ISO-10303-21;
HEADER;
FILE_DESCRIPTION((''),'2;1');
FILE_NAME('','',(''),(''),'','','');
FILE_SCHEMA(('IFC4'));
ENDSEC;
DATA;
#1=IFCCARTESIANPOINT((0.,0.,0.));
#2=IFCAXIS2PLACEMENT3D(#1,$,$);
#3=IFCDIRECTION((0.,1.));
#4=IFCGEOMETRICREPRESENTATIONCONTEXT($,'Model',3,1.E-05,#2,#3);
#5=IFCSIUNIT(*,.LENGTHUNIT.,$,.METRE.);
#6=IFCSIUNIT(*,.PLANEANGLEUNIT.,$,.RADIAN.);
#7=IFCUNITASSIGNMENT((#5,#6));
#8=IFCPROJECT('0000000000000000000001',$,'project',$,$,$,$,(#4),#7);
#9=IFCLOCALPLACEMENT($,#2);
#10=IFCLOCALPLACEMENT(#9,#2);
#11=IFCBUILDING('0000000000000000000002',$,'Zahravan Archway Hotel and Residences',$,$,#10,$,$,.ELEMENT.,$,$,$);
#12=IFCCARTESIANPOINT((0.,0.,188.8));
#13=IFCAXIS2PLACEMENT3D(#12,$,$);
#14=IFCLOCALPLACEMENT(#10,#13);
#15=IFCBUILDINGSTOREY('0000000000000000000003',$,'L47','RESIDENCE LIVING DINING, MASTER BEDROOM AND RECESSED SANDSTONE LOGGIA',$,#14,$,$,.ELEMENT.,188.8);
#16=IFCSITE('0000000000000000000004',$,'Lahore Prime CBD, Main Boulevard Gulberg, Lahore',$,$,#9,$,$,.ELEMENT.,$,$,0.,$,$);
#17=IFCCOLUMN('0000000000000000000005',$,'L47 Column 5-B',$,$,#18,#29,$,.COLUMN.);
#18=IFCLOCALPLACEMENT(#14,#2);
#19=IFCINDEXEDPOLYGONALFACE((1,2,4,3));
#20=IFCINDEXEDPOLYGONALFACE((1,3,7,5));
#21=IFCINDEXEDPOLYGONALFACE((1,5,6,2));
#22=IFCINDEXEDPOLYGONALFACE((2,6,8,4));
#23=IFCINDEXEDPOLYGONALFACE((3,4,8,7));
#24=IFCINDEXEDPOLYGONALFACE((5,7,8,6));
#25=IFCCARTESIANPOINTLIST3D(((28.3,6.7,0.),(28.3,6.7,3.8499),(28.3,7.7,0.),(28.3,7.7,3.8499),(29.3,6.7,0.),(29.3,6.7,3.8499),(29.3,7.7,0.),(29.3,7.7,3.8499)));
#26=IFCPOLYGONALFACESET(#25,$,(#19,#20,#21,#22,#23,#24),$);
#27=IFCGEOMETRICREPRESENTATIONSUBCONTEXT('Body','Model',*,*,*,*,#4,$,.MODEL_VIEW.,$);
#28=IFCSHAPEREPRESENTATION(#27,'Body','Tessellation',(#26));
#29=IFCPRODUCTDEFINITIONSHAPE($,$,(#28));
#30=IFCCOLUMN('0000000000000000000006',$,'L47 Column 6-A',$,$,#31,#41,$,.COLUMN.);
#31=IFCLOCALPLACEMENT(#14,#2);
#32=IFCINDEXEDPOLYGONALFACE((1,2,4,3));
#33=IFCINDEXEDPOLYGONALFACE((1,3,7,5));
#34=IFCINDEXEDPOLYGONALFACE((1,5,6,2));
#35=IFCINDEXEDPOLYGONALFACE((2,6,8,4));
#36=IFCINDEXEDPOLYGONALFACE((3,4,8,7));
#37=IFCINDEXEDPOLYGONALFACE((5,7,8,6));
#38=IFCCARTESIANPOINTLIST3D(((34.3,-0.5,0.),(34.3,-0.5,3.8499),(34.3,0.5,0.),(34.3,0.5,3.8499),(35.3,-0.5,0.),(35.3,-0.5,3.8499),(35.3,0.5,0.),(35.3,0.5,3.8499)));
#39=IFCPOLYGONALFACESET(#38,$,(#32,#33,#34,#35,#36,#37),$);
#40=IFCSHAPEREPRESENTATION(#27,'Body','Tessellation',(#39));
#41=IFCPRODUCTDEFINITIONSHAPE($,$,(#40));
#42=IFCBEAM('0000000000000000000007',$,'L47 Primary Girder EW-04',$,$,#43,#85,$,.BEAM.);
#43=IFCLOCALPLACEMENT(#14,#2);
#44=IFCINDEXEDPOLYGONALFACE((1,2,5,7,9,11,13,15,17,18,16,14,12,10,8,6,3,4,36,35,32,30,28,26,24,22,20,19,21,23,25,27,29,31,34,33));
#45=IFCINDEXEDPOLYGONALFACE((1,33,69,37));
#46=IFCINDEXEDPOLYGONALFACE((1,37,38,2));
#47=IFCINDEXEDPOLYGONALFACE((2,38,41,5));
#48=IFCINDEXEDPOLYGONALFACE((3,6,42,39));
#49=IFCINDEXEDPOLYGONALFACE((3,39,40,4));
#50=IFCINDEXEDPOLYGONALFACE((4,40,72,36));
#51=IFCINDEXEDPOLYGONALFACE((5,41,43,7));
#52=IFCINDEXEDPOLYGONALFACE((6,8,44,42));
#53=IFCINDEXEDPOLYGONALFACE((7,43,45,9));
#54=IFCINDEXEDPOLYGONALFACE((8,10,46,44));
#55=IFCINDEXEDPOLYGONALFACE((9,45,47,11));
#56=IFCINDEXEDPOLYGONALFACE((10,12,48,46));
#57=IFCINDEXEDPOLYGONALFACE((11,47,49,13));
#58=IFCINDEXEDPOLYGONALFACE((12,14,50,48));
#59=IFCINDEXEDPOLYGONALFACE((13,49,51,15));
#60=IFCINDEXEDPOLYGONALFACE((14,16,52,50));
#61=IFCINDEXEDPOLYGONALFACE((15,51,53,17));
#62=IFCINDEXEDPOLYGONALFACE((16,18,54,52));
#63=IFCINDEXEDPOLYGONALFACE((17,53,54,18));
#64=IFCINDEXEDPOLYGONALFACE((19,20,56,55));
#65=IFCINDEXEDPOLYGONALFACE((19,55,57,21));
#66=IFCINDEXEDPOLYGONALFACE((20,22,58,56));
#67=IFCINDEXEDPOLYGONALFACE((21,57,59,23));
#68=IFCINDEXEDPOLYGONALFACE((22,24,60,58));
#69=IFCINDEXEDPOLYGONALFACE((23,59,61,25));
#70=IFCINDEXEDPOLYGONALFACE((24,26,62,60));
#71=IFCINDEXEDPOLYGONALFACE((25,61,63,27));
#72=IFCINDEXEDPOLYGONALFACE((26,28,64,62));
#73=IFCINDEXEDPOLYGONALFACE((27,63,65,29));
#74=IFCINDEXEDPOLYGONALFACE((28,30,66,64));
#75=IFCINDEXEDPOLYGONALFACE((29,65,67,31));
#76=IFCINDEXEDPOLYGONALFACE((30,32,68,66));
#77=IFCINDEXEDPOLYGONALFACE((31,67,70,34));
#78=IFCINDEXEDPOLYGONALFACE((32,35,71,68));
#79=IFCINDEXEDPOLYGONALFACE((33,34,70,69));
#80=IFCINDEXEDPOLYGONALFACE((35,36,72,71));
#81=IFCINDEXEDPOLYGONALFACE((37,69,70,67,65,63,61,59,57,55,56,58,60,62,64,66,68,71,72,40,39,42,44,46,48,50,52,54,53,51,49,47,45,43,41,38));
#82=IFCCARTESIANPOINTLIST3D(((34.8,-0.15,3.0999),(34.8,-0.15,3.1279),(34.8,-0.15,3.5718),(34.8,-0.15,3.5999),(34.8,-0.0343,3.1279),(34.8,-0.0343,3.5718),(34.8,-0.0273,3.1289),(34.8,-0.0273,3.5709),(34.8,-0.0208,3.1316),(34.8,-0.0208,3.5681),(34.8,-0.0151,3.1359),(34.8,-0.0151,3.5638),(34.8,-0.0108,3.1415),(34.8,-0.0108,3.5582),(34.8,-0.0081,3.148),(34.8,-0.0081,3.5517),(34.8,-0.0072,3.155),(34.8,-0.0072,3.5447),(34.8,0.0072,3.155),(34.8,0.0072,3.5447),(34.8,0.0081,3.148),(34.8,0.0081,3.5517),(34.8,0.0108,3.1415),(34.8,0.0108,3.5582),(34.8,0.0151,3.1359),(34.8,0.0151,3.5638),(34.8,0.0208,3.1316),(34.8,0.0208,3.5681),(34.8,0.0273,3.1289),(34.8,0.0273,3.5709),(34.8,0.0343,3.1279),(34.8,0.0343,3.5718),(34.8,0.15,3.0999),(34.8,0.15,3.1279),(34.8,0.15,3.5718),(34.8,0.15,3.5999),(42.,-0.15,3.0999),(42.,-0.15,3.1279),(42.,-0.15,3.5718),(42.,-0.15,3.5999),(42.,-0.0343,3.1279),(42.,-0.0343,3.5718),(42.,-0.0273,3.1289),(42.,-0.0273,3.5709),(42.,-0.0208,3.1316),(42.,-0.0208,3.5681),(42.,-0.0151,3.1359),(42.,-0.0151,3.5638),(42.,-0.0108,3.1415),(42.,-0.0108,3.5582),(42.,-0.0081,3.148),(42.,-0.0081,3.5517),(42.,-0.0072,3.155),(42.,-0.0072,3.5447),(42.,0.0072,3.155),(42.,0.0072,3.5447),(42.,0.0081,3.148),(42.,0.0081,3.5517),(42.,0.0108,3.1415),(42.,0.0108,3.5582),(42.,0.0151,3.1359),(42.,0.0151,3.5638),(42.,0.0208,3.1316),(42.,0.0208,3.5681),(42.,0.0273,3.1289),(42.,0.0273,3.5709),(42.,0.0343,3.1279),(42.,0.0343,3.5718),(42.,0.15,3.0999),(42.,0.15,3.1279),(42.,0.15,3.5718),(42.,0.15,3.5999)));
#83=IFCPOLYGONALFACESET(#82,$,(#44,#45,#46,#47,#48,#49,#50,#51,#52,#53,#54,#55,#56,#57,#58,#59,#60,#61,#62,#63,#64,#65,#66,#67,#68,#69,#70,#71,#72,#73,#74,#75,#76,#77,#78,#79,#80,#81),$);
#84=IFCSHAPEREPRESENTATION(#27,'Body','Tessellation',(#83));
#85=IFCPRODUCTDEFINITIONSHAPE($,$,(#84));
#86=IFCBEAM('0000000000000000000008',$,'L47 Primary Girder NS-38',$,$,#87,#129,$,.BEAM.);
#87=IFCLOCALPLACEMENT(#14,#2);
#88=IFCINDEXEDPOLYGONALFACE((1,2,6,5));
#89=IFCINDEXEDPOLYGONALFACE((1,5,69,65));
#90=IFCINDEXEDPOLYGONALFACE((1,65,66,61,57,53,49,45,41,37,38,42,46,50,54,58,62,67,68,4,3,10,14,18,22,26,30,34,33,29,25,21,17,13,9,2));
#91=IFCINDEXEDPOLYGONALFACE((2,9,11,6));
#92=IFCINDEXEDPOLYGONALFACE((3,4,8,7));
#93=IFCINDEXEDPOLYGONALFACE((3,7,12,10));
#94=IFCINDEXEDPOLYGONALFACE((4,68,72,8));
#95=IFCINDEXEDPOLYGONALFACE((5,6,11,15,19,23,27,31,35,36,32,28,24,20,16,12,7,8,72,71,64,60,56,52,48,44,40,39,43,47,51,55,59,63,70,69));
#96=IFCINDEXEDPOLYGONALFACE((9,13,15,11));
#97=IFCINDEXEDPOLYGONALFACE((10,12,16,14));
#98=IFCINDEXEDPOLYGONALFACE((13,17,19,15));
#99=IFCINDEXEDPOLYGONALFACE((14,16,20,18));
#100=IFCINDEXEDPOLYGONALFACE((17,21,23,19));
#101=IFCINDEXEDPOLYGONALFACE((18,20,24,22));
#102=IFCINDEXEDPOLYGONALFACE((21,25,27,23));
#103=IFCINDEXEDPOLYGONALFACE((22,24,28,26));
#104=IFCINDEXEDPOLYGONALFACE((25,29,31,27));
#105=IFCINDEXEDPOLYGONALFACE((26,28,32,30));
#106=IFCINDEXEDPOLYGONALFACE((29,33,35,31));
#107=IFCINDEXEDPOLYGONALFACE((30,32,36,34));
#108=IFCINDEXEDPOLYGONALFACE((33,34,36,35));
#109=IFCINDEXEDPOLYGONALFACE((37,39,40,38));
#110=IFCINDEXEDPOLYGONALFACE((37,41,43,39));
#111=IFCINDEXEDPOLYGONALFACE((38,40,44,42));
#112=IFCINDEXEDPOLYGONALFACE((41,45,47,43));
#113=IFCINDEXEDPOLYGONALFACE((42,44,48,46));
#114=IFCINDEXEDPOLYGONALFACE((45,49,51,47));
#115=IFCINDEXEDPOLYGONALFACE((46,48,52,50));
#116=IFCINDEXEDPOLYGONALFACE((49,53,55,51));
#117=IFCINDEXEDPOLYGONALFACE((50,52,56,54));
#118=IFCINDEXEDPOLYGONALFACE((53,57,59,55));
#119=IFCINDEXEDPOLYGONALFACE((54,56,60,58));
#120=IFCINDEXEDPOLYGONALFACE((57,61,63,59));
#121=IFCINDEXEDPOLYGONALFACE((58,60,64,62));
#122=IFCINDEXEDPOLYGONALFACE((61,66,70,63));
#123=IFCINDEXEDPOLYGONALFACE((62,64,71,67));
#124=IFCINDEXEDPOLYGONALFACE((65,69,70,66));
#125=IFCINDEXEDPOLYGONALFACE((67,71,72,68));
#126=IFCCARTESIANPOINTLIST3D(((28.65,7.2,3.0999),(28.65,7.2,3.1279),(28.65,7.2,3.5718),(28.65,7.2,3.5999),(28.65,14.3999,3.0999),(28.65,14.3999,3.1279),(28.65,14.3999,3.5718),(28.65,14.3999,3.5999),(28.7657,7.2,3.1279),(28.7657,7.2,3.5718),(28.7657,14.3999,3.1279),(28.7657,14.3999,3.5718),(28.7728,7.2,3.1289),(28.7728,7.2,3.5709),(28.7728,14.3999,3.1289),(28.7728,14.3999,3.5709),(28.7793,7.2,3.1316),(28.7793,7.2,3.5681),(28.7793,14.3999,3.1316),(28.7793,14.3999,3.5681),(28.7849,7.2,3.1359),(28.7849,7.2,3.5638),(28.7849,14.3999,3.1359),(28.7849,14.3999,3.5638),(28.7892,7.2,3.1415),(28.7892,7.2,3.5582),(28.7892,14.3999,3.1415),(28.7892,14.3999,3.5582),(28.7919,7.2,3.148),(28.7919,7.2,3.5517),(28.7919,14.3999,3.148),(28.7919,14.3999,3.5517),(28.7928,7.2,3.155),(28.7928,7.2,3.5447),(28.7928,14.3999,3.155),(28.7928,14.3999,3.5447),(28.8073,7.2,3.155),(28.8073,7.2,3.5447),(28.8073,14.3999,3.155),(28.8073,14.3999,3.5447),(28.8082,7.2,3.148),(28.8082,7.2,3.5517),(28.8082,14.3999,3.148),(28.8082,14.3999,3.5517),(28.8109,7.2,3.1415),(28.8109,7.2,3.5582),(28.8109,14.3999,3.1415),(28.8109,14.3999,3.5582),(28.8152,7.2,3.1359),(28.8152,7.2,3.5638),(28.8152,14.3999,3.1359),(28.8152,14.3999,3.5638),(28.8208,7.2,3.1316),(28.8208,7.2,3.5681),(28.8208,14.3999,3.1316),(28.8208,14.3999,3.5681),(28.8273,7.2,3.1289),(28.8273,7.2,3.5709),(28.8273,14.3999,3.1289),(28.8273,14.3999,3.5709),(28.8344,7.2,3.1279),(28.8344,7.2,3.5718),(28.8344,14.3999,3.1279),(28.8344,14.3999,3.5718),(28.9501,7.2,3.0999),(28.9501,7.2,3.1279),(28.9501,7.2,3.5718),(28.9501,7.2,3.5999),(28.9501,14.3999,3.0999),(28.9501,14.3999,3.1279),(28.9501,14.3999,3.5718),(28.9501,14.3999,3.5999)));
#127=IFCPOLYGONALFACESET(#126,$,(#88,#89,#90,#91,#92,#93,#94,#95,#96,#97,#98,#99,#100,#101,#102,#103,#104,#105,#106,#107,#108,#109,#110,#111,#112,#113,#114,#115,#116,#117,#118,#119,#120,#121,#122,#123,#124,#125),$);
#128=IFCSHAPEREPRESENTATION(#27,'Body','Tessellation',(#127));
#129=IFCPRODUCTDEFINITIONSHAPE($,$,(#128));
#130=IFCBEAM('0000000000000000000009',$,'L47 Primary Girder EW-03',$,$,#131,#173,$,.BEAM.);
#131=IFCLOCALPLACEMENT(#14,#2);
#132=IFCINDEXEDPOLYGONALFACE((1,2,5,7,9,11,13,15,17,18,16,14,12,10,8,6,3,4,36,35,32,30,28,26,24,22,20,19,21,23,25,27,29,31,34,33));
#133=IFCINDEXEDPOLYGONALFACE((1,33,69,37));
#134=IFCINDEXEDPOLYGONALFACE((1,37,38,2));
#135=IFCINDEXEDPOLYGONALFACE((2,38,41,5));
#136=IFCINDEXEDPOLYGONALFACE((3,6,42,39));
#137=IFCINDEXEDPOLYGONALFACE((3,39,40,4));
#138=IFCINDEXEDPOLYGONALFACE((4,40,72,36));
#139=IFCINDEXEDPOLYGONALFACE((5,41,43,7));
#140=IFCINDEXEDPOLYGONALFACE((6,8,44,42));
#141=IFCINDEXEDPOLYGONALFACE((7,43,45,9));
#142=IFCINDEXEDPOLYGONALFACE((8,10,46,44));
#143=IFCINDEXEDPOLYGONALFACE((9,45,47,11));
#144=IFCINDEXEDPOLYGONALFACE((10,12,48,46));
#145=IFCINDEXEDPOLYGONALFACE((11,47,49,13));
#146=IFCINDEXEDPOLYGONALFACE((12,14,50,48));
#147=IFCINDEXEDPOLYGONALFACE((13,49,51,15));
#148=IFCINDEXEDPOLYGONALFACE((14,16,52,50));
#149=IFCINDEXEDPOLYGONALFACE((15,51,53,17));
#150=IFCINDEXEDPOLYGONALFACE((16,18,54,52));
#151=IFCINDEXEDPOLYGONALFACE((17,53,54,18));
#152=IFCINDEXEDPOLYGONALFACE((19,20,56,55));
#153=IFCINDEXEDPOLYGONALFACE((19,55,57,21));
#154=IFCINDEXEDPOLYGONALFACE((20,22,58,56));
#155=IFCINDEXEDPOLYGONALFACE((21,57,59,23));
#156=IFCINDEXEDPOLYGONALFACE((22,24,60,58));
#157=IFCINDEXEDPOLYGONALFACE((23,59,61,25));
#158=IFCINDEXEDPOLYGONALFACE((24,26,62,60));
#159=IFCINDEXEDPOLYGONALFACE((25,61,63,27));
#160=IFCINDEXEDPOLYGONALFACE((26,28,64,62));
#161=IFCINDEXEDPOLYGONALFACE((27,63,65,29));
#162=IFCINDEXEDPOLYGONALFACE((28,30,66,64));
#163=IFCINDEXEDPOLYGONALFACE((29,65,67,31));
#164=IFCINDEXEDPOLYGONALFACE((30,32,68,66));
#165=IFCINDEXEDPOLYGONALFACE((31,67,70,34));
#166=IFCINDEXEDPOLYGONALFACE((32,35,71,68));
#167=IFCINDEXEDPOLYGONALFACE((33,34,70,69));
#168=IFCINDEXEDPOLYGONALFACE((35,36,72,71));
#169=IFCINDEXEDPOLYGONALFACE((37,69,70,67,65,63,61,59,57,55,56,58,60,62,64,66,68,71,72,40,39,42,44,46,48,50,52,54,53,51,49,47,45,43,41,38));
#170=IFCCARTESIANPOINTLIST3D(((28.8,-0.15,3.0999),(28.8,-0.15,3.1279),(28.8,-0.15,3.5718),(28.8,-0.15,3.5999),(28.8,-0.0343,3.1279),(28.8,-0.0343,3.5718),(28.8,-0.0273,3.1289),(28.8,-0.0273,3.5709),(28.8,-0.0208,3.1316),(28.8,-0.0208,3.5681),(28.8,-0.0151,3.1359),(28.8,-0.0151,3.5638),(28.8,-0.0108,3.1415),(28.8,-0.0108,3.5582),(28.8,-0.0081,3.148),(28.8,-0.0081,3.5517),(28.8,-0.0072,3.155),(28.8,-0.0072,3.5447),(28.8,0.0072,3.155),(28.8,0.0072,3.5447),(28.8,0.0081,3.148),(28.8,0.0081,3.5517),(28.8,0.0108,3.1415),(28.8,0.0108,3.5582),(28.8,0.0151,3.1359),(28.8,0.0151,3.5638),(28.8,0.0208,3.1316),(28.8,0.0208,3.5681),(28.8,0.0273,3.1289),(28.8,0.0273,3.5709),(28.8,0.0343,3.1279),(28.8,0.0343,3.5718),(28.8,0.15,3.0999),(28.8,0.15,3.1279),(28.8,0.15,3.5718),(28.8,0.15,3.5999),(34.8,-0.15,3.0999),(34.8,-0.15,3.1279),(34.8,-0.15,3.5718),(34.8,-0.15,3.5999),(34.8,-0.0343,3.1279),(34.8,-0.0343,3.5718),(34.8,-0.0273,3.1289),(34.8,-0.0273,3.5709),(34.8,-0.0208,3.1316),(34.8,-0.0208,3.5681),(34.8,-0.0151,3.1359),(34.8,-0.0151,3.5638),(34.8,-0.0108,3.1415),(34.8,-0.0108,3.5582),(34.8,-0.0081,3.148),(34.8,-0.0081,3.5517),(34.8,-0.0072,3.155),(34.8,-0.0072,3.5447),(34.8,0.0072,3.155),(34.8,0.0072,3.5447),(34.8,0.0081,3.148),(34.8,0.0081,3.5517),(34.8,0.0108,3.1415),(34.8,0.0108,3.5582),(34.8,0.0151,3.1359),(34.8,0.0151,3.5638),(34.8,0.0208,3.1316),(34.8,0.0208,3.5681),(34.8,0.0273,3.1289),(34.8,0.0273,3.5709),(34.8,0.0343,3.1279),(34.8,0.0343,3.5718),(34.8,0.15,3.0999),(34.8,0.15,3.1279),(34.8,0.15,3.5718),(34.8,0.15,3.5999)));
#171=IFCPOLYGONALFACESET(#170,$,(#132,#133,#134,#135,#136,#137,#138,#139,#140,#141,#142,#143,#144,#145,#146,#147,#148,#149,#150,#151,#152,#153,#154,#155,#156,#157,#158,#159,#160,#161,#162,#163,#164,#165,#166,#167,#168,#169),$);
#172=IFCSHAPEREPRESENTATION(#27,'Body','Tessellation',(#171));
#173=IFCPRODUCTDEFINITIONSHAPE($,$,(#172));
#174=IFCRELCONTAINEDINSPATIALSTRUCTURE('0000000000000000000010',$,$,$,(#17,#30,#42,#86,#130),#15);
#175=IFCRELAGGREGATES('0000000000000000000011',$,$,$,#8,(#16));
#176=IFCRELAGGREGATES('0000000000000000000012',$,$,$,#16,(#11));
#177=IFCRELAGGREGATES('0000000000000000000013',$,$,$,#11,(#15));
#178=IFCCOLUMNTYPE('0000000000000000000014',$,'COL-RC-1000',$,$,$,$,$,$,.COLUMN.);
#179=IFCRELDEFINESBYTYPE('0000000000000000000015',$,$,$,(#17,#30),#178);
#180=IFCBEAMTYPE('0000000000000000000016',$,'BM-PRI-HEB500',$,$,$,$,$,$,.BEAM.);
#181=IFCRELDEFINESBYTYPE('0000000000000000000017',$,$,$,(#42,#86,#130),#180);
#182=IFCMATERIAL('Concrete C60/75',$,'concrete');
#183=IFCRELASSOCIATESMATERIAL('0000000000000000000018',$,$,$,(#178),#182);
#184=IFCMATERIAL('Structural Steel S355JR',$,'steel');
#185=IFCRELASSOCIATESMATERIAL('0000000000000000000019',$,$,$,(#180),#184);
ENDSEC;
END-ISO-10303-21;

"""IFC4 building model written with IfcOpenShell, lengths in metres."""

from ifc_helpers import new_model, si_unit, direction, frame, origin, origin_2d, place, context, subcontext, project, spatial, rectangle, i_section, extrude, source, transform, mapped, material, material_profile, profile_set, type_object, element, save


model = new_model("IFC4")

# Units and contexts
model_context = context("Model", 3, precision=1e-05, world=origin(), true_north=direction((0.0, 1.0)))
body_context = subcontext(model_context, "Body", "Model", "MODEL_VIEW")
ifc_project = project(units=[si_unit("LENGTHUNIT", "METRE"), si_unit("PLANEANGLEUNIT", "RADIAN")], contexts=[model_context])

# Site, building, storey
site_placement = place(None, origin())
site = spatial("IfcSite", under=ifc_project, at=site_placement, Name="Lahore Prime CBD, Main Boulevard Gulberg, Lahore", CompositionType="ELEMENT", RefElevation=0.0)
building_placement = place(site_placement, origin())
building = spatial("IfcBuilding", under=site, at=building_placement, Name="Zahravan Archway Hotel and Residences", CompositionType="ELEMENT")
storey_placement = place(building_placement, frame((0.0, 0.0, 188.8)))
storey = spatial("IfcBuildingStorey", under=building, at=storey_placement, Name="L47", Description="RESIDENCE LIVING DINING, MASTER BEDROOM AND RECESSED SANDSTONE LOGGIA", CompositionType="ELEMENT", Elevation=188.8)

# Columns
ifc_material_1 = material(Name="Concrete C60/75", Category="concrete")
ifc_material_profile_1 = material_profile(ifc_material_1, rectangle(XDim=1.0, YDim=1.0, at=origin_2d()), Name="RC-COL-1000x1000", Category="concrete")
ifc_profile_set_1 = profile_set([ifc_material_profile_1], Name="Concrete C60/75")
column_type = type_object("IfcColumnType", Name="COL-RC-1000", PredefinedType="COLUMN", material=ifc_profile_set_1)
shared_shape_1 = source(origin(), body_context, "Body", "SweptSolid", [
    extrude(rectangle(XDim=1.0, YDim=1.0, at=origin_2d()), origin(), (0.0, 0.0, 1.0), 3.8499),
])
for number, where, z_axis, x_axis, name in (
    (1, (28.8, 7.2, 0.0), (0.0, 0.0, 1.0), (1.0, 0.0, 0.0), "L47 Column 5-B"),
    (2, (34.8, 0.0, 0.0), (0.0, 0.0, 1.0), (1.0, 0.0, 0.0), "L47 Column 6-A"),
):
    element("IfcColumn", number, at=place(storey_placement, frame(where, z_axis=z_axis, x_axis=x_axis)), inside=storey, type_object=column_type, Name=name, PredefinedType="COLUMN", context=body_context, shape_type="MappedRepresentation", body=[
        mapped(shared_shape_1, transform((0.0, 0.0, 0.0), scale=1.0)),
    ])

# Beams
ifc_material_2 = material(Name="Structural Steel S355JR", Category="steel")
ifc_material_profile_2 = material_profile(ifc_material_2, i_section(OverallWidth=0.3, OverallDepth=0.5, WebThickness=0.0144, FlangeThickness=0.0281, FilletRadius=0.0271, at=origin_2d()), Name="HEB 500", Category="steel")
ifc_profile_set_2 = profile_set([ifc_material_profile_2], Name="Structural Steel S355JR")
beam_type_1 = type_object("IfcBeamType", Name="BM-PRI-HEB500", PredefinedType="BEAM", material=ifc_profile_set_2)
shared_shape_2 = source(origin(), body_context, "Body", "SweptSolid", [
    extrude(i_section(OverallWidth=0.3, OverallDepth=0.5, WebThickness=0.0144, FlangeThickness=0.0281, FilletRadius=0.0271, at=origin_2d()), origin(), (0.0, 0.0, 1.0), 7.2),
])
for number, where, z_axis, x_axis, name in (
    (3, (34.8, 0.0, 3.3499), (1.0, 0.0, 0.0), (0.0, 1.0, 0.0), "L47 Primary Girder EW-04"),
    (4, (28.8, 7.2, 3.3499), (0.0, 1.0, 0.0), (-1.0, 0.0, 0.0), "L47 Primary Girder NS-38"),
):
    element("IfcBeam", number, at=place(storey_placement, frame(where, z_axis=z_axis, x_axis=x_axis)), inside=storey, type_object=beam_type_1, Name=name, PredefinedType="BEAM", context=body_context, shape_type="MappedRepresentation", body=[
        mapped(shared_shape_2, transform((0.0, 0.0, 0.0), scale=1.0)),
    ])
shared_shape_3 = source(origin(), body_context, "Body", "SweptSolid", [
    extrude(i_section(OverallWidth=0.3, OverallDepth=0.5, WebThickness=0.0144, FlangeThickness=0.0281, FilletRadius=0.0271, at=origin_2d()), origin(), (0.0, 0.0, 1.0), 6.0),
])
for number, where, z_axis, x_axis, name in (
    (5, (28.8, 0.0, 3.3499), (1.0, 0.0, 0.0), (0.0, 1.0, 0.0), "L47 Primary Girder EW-03"),
):
    element("IfcBeam", number, at=place(storey_placement, frame(where, z_axis=z_axis, x_axis=x_axis)), inside=storey, type_object=beam_type_1, Name=name, PredefinedType="BEAM", context=body_context, shape_type="MappedRepresentation", body=[
        mapped(shared_shape_3, transform((0.0, 0.0, 0.0), scale=1.0)),
    ])

save(model, "model.ifc")
